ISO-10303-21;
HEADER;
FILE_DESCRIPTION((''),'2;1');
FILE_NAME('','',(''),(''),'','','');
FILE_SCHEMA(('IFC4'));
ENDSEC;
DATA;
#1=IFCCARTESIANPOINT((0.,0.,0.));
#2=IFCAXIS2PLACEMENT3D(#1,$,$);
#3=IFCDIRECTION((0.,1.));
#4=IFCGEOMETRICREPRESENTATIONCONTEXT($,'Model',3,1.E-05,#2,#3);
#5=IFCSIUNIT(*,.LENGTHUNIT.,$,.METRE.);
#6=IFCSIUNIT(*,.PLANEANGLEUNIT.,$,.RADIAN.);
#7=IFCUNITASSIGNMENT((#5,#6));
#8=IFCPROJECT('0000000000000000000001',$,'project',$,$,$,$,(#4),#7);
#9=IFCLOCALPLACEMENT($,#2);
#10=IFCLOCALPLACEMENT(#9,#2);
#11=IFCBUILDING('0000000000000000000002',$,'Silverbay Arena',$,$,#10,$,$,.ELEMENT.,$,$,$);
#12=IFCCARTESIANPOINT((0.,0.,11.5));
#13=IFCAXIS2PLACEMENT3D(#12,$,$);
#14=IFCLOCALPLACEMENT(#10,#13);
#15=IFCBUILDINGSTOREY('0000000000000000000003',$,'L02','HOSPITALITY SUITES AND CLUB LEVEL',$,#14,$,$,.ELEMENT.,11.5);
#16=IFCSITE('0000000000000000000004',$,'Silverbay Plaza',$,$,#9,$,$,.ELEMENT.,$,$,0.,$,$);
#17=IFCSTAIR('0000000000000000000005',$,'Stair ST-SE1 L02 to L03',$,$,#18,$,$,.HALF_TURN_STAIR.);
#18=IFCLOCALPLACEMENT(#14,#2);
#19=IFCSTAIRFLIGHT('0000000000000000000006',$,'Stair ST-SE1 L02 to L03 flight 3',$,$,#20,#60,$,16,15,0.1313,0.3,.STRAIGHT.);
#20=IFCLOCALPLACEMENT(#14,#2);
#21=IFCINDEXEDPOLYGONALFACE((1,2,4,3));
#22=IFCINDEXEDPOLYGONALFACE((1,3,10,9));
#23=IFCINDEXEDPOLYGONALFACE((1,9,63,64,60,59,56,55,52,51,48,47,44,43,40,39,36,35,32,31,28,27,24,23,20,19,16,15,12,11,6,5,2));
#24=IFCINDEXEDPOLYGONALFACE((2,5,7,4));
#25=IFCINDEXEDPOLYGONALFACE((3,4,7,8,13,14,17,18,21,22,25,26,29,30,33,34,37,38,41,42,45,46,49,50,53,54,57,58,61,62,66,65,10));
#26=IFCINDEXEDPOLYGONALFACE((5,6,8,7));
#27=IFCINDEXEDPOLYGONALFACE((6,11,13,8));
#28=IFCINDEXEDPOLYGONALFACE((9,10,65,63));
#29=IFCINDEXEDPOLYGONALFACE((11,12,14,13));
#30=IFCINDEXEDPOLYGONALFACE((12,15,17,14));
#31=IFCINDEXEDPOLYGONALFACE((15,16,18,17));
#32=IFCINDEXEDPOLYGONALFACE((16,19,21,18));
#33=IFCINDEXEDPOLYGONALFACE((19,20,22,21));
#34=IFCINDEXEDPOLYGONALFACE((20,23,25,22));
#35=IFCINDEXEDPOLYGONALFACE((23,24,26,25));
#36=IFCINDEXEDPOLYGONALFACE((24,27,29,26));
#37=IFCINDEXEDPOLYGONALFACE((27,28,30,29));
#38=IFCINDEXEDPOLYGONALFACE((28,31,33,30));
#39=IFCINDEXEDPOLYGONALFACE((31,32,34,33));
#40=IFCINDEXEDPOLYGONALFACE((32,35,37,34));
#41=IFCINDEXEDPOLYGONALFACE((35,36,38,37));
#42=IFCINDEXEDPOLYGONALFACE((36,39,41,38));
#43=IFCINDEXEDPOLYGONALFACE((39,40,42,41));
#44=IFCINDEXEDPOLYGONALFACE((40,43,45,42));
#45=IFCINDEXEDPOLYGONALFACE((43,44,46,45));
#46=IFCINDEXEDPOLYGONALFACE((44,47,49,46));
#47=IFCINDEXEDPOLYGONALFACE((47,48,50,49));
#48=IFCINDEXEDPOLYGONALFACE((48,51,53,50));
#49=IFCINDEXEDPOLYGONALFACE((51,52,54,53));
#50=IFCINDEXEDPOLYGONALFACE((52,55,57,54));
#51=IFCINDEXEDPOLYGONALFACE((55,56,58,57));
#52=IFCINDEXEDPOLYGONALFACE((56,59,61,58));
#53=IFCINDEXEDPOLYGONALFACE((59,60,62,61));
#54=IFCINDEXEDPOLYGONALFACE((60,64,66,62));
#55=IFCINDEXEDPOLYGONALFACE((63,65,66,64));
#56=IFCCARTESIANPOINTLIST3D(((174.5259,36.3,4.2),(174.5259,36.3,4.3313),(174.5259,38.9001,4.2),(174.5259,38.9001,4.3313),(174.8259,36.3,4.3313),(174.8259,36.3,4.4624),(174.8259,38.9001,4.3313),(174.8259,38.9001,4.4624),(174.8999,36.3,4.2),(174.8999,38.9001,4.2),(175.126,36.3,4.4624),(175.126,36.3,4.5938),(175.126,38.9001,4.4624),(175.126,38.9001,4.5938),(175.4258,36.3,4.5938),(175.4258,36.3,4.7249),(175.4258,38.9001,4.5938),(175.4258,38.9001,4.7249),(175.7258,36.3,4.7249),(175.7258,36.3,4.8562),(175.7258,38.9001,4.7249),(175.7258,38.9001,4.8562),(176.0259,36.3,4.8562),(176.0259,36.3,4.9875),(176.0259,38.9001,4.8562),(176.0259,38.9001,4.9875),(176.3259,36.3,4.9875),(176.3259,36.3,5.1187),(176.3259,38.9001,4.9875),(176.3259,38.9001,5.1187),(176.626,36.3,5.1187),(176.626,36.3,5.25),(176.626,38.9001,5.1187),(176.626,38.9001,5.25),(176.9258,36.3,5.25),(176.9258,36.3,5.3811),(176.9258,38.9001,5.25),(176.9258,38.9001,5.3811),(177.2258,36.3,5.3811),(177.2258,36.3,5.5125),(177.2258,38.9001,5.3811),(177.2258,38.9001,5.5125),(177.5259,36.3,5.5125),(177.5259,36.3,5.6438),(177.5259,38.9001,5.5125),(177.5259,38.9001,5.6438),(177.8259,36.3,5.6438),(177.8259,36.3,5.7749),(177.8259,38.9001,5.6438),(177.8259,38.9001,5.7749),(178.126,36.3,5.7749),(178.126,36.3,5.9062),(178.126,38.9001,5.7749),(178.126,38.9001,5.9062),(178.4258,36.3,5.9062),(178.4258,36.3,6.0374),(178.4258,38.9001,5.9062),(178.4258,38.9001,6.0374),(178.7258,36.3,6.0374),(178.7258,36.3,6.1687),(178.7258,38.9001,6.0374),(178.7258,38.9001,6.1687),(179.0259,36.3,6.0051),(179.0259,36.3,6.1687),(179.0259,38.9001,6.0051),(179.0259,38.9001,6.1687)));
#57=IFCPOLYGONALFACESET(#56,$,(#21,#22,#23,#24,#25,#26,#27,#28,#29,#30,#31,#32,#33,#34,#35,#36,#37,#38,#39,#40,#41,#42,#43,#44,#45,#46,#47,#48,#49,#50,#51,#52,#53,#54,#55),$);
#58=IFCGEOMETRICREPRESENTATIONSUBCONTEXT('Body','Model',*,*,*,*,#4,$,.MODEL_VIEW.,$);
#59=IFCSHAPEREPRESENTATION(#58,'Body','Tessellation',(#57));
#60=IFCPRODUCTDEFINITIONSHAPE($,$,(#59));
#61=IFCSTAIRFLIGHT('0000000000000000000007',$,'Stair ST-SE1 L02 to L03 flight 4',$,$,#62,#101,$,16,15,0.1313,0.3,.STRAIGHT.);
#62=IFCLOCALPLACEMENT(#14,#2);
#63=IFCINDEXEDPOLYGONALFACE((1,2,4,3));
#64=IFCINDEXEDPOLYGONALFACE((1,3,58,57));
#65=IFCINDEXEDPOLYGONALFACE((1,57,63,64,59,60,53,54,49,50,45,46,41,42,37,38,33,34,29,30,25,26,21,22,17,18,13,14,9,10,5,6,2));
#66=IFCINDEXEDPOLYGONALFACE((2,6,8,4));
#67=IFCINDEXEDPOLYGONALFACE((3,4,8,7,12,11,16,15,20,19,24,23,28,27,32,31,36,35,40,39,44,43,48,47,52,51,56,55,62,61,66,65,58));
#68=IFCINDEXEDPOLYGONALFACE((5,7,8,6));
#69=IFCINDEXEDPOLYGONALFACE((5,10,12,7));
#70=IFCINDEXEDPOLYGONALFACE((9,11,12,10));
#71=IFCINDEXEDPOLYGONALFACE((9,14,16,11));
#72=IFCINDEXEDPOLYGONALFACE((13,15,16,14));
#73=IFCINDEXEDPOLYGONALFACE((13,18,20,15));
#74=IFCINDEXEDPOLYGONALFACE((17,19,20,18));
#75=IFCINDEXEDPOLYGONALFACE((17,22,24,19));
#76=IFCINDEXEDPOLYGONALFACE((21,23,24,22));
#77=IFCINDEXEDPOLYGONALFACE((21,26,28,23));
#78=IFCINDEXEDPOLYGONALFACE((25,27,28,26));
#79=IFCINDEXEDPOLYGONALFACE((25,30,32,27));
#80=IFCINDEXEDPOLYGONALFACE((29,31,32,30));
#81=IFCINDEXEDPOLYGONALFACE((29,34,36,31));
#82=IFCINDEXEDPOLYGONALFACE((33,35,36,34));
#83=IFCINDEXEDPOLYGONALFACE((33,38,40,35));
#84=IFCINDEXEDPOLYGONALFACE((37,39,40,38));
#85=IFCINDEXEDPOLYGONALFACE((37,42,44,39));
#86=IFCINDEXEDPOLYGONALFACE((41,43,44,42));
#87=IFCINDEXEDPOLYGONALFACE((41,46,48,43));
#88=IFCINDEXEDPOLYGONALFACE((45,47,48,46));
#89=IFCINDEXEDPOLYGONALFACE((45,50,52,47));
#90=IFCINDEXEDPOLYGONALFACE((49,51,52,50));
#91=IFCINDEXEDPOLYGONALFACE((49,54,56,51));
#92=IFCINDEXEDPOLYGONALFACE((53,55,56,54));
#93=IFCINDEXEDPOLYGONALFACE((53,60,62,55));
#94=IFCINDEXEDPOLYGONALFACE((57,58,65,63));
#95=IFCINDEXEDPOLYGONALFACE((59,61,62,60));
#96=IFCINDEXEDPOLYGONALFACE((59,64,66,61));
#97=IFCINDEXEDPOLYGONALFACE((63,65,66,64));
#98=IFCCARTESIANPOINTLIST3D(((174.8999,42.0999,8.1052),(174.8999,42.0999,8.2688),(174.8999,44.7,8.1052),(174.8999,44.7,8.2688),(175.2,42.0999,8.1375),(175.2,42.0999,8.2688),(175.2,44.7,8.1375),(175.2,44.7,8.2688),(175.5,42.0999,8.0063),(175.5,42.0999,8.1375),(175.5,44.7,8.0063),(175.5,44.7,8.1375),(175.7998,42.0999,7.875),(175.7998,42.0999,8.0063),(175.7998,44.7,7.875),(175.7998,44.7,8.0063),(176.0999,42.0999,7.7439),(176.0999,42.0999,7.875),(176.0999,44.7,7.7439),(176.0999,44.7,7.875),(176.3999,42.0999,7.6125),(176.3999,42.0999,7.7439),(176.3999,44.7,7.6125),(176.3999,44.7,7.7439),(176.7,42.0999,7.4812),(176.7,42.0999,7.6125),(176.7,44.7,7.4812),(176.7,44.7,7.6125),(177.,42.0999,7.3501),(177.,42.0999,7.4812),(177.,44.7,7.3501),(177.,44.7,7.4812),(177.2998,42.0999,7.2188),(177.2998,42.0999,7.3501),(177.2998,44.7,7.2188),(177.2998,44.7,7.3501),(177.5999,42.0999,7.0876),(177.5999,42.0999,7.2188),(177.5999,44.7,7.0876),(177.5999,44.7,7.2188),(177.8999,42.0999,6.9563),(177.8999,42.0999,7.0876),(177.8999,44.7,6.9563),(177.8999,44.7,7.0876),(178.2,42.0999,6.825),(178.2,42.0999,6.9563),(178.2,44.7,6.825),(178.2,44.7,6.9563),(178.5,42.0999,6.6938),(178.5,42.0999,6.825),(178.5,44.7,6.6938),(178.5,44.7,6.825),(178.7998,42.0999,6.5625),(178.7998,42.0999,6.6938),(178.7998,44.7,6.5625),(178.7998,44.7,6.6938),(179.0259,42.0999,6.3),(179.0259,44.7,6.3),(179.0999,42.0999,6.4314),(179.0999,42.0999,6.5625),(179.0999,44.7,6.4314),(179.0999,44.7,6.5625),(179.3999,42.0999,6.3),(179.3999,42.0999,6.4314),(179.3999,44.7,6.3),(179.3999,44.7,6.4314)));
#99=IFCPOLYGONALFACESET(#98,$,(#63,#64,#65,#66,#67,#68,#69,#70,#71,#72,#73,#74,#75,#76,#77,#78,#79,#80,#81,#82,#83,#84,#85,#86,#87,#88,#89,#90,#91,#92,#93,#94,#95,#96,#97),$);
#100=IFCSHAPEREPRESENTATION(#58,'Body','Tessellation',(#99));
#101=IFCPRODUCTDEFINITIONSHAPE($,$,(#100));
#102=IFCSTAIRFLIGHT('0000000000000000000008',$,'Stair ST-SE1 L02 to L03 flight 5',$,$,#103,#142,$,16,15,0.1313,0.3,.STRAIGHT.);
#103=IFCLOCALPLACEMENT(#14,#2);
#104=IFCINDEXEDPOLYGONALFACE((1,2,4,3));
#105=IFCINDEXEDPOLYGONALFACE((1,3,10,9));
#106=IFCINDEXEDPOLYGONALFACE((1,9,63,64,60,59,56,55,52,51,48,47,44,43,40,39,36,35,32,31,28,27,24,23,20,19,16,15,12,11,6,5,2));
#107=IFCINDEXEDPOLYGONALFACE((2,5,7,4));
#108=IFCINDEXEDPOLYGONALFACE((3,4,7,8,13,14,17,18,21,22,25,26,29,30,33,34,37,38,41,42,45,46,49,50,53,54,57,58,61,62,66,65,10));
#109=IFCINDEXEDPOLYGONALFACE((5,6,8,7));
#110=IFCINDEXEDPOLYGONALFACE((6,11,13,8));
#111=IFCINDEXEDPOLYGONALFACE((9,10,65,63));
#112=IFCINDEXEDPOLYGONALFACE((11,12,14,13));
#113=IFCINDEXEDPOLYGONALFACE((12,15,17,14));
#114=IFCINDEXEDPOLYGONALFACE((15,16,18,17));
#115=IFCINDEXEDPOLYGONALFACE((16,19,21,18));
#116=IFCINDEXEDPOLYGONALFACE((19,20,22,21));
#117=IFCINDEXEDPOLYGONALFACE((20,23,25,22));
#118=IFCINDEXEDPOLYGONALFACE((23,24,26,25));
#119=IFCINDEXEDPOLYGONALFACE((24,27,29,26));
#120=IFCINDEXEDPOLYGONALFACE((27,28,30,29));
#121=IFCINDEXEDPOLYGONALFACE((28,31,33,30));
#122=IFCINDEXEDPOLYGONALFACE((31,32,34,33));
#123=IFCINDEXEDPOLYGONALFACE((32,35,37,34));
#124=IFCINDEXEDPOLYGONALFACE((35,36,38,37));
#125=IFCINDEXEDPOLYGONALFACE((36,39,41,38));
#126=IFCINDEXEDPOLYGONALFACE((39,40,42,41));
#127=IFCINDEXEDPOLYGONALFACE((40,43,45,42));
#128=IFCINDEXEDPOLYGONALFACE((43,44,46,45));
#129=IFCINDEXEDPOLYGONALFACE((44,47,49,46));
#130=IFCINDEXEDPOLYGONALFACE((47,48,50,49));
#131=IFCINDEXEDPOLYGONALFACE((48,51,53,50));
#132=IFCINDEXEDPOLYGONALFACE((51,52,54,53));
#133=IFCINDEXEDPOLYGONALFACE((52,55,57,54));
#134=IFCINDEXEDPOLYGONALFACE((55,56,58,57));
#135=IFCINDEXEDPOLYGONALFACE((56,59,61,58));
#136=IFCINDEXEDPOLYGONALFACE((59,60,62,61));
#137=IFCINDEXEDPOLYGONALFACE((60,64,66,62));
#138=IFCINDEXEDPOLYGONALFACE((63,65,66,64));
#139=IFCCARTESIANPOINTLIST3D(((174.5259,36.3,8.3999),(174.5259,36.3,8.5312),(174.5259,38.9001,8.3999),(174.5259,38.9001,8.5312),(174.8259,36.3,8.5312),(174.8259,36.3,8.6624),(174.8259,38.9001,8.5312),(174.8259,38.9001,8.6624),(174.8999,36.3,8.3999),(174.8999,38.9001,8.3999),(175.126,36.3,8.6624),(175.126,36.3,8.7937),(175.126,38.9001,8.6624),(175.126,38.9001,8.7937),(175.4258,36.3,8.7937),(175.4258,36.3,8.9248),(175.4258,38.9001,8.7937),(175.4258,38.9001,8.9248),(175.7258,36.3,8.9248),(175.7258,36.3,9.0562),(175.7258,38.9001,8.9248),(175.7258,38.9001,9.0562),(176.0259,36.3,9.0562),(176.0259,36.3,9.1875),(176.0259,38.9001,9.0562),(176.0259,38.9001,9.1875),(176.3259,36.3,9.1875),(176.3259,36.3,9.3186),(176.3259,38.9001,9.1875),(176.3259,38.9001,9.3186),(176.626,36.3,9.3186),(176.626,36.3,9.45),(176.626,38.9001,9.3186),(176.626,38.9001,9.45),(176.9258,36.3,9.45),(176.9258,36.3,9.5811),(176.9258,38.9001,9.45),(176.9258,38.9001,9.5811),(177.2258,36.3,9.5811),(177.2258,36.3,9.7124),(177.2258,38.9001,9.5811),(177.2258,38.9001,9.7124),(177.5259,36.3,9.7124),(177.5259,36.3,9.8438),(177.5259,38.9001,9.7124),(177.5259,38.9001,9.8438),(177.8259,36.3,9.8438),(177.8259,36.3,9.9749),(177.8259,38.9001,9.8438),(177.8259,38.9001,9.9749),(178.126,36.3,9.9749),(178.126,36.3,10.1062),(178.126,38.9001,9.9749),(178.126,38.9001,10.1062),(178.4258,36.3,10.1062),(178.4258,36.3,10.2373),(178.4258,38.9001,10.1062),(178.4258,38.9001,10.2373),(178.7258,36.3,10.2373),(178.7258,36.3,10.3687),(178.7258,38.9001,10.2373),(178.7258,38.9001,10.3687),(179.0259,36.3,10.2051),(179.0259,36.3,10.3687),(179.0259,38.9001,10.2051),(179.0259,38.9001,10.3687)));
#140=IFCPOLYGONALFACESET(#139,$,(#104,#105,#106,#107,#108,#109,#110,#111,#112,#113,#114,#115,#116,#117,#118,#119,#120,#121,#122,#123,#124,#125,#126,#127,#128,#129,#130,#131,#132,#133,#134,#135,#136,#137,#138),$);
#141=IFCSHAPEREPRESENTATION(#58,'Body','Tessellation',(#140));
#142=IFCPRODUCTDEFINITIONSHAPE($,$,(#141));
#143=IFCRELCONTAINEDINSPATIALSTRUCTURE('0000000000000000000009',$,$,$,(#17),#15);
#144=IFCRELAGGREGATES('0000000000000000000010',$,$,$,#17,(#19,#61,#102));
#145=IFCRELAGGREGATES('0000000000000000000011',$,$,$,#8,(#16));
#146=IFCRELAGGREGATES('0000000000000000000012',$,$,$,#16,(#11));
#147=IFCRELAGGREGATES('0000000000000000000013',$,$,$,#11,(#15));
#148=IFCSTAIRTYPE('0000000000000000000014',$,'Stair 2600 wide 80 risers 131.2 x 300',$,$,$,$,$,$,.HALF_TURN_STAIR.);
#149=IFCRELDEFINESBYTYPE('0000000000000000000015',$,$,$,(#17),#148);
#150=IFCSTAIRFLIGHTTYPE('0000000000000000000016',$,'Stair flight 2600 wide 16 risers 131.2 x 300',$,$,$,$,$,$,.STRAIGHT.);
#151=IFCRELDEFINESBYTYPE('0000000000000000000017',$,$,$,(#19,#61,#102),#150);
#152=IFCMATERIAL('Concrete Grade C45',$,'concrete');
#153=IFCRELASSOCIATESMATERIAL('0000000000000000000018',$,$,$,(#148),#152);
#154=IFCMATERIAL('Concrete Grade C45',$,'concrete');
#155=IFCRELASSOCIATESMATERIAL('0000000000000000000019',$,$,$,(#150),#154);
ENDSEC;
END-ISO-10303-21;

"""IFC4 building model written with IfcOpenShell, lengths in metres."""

from ifc_helpers import new_model, si_unit, direction, frame, origin, place, context, subcontext, project, spatial, polyline, outline, extrude, material, type_object, element, aggregate, save


model = new_model("IFC4")

# Units and contexts
model_context = context("Model", 3, precision=1e-05, world=origin(), true_north=direction((0.0, 1.0)))
body_context = subcontext(model_context, "Body", "Model", "MODEL_VIEW")
ifc_project = project(units=[si_unit("LENGTHUNIT", "METRE"), si_unit("PLANEANGLEUNIT", "RADIAN")], contexts=[model_context])

# Site, building, storey
site_placement = place(None, origin())
site = spatial("IfcSite", under=ifc_project, at=site_placement, Name="Silverbay Plaza", CompositionType="ELEMENT", RefElevation=0.0)
building_placement = place(site_placement, origin())
building = spatial("IfcBuilding", under=site, at=building_placement, Name="Silverbay Arena", CompositionType="ELEMENT")
storey_placement = place(building_placement, frame((0.0, 0.0, 11.5)))
storey = spatial("IfcBuildingStorey", under=building, at=storey_placement, Name="L02", Description="HOSPITALITY SUITES AND CLUB LEVEL", CompositionType="ELEMENT", Elevation=11.5)

# Stair, stair flights
ifc_material_1 = material(Name="Concrete Grade C45", Category="concrete")
stair_type = type_object("IfcStairType", Name="Stair 2600 wide 80 risers 131.2 x 300", PredefinedType="HALF_TURN_STAIR", material=ifc_material_1)
stair_placement = place(storey_placement, origin())
stair = element("IfcStair", 1, at=stair_placement, inside=storey, type_object=stair_type, Name="Stair ST-SE1 L02 to L03", PredefinedType="HALF_TURN_STAIR")
ifc_material_2 = material(Name="Concrete Grade C45", Category="concrete")
stair_flight_type = type_object("IfcStairFlightType", Name="Stair flight 2600 wide 16 risers 131.2 x 300", PredefinedType="STRAIGHT", material=ifc_material_2)
stair_flight_1_placement = place(storey_placement, frame((174.5259, 37.6001, 4.2), z_axis=(0.0, 0.0, 1.0), x_axis=(1.0, 0.0, 0.0)))
stair_flight_1 = element("IfcStairFlight", 2, at=stair_flight_1_placement, type_object=stair_flight_type, Name="Stair ST-SE1 L02 to L03 flight 3", NumberOfRisers=16, NumberOfTreads=15, PredefinedType="STRAIGHT", RiserHeight=0.1313, TreadLength=0.3, context=body_context, shape_type="SweptSolid", body=[
    extrude(outline(polyline([(0.0, 0.0), (0.0, 0.1313), (0.3, 0.1313), (0.3, 0.2625), (0.6001, 0.2625), (0.6001, 0.3938), (0.8999, 0.3938), (0.8999, 0.5249), (1.2, 0.5249), (1.2, 0.6562), (1.5, 0.6562), (1.5, 0.7876), (1.8, 0.7876), (1.8, 0.9187), (2.1001, 0.9187), (2.1001, 1.05), (2.3999, 1.05), (2.3999, 1.1812), (2.7, 1.1812), (2.7, 1.3125), (3.0, 1.3125), (3.0, 1.4438), (3.3, 1.4438), (3.3, 1.575), (3.6001, 1.575), (3.6001, 1.7063), (3.8999, 1.7063), (3.8999, 1.8374), (4.2, 1.8374), (4.2, 1.9688), (4.5, 1.9688), (4.5, 1.8052), (0.374, 0.0), (0.0, 0.0)])), frame((0.0, 1.3, 0.0), z_axis=(0.0, -1.0, 0.0), x_axis=(1.0, 0.0, 0.0)), (0.0, 0.0, 1.0), 2.6001),
])
stair_flight_2_placement = place(storey_placement, frame((179.3999, 43.3999, 6.3), z_axis=(0.0, 0.0, 1.0), x_axis=(-1.0, 0.0, 0.0)))
stair_flight_2 = element("IfcStairFlight", 3, at=stair_flight_2_placement, type_object=stair_flight_type, Name="Stair ST-SE1 L02 to L03 flight 4", NumberOfRisers=16, NumberOfTreads=15, PredefinedType="STRAIGHT", RiserHeight=0.1313, TreadLength=0.3, context=body_context, shape_type="SweptSolid", body=[
    extrude(outline(polyline([(0.0, 0.0), (0.0, 0.1313), (0.3, 0.1313), (0.3, 0.2625), (0.6001, 0.2625), (0.6001, 0.3938), (0.8999, 0.3938), (0.8999, 0.5249), (1.2, 0.5249), (1.2, 0.6562), (1.5, 0.6562), (1.5, 0.7876), (1.8, 0.7876), (1.8, 0.9187), (2.1001, 0.9187), (2.1001, 1.05), (2.3999, 1.05), (2.3999, 1.1812), (2.7, 1.1812), (2.7, 1.3125), (3.0, 1.3125), (3.0, 1.4438), (3.3, 1.4438), (3.3, 1.575), (3.6001, 1.575), (3.6001, 1.7063), (3.8999, 1.7063), (3.8999, 1.8374), (4.2, 1.8374), (4.2, 1.9688), (4.5, 1.9688), (4.5, 1.8052), (0.374, 0.0), (0.0, 0.0)])), frame((0.0, 1.3, 0.0), z_axis=(0.0, -1.0, 0.0), x_axis=(1.0, 0.0, 0.0)), (0.0, 0.0, 1.0), 2.6001),
])
stair_flight_3_placement = place(storey_placement, frame((174.5259, 37.6001, 8.3999), z_axis=(0.0, 0.0, 1.0), x_axis=(1.0, 0.0, 0.0)))
stair_flight_3 = element("IfcStairFlight", 4, at=stair_flight_3_placement, type_object=stair_flight_type, Name="Stair ST-SE1 L02 to L03 flight 5", NumberOfRisers=16, NumberOfTreads=15, PredefinedType="STRAIGHT", RiserHeight=0.1313, TreadLength=0.3, context=body_context, shape_type="SweptSolid", body=[
    extrude(outline(polyline([(0.0, 0.0), (0.0, 0.1313), (0.3, 0.1313), (0.3, 0.2625), (0.6001, 0.2625), (0.6001, 0.3938), (0.8999, 0.3938), (0.8999, 0.5249), (1.2, 0.5249), (1.2, 0.6562), (1.5, 0.6562), (1.5, 0.7876), (1.8, 0.7876), (1.8, 0.9187), (2.1001, 0.9187), (2.1001, 1.05), (2.3999, 1.05), (2.3999, 1.1812), (2.7, 1.1812), (2.7, 1.3125), (3.0, 1.3125), (3.0, 1.4438), (3.3, 1.4438), (3.3, 1.575), (3.6001, 1.575), (3.6001, 1.7063), (3.8999, 1.7063), (3.8999, 1.8374), (4.2, 1.8374), (4.2, 1.9688), (4.5, 1.9688), (4.5, 1.8052), (0.374, 0.0), (0.0, 0.0)])), frame((0.0, 1.3, 0.0), z_axis=(0.0, -1.0, 0.0), x_axis=(1.0, 0.0, 0.0)), (0.0, 0.0, 1.0), 2.6001),
])
aggregate(stair, [stair_flight_1, stair_flight_2, stair_flight_3])

save(model, "model.ifc")
